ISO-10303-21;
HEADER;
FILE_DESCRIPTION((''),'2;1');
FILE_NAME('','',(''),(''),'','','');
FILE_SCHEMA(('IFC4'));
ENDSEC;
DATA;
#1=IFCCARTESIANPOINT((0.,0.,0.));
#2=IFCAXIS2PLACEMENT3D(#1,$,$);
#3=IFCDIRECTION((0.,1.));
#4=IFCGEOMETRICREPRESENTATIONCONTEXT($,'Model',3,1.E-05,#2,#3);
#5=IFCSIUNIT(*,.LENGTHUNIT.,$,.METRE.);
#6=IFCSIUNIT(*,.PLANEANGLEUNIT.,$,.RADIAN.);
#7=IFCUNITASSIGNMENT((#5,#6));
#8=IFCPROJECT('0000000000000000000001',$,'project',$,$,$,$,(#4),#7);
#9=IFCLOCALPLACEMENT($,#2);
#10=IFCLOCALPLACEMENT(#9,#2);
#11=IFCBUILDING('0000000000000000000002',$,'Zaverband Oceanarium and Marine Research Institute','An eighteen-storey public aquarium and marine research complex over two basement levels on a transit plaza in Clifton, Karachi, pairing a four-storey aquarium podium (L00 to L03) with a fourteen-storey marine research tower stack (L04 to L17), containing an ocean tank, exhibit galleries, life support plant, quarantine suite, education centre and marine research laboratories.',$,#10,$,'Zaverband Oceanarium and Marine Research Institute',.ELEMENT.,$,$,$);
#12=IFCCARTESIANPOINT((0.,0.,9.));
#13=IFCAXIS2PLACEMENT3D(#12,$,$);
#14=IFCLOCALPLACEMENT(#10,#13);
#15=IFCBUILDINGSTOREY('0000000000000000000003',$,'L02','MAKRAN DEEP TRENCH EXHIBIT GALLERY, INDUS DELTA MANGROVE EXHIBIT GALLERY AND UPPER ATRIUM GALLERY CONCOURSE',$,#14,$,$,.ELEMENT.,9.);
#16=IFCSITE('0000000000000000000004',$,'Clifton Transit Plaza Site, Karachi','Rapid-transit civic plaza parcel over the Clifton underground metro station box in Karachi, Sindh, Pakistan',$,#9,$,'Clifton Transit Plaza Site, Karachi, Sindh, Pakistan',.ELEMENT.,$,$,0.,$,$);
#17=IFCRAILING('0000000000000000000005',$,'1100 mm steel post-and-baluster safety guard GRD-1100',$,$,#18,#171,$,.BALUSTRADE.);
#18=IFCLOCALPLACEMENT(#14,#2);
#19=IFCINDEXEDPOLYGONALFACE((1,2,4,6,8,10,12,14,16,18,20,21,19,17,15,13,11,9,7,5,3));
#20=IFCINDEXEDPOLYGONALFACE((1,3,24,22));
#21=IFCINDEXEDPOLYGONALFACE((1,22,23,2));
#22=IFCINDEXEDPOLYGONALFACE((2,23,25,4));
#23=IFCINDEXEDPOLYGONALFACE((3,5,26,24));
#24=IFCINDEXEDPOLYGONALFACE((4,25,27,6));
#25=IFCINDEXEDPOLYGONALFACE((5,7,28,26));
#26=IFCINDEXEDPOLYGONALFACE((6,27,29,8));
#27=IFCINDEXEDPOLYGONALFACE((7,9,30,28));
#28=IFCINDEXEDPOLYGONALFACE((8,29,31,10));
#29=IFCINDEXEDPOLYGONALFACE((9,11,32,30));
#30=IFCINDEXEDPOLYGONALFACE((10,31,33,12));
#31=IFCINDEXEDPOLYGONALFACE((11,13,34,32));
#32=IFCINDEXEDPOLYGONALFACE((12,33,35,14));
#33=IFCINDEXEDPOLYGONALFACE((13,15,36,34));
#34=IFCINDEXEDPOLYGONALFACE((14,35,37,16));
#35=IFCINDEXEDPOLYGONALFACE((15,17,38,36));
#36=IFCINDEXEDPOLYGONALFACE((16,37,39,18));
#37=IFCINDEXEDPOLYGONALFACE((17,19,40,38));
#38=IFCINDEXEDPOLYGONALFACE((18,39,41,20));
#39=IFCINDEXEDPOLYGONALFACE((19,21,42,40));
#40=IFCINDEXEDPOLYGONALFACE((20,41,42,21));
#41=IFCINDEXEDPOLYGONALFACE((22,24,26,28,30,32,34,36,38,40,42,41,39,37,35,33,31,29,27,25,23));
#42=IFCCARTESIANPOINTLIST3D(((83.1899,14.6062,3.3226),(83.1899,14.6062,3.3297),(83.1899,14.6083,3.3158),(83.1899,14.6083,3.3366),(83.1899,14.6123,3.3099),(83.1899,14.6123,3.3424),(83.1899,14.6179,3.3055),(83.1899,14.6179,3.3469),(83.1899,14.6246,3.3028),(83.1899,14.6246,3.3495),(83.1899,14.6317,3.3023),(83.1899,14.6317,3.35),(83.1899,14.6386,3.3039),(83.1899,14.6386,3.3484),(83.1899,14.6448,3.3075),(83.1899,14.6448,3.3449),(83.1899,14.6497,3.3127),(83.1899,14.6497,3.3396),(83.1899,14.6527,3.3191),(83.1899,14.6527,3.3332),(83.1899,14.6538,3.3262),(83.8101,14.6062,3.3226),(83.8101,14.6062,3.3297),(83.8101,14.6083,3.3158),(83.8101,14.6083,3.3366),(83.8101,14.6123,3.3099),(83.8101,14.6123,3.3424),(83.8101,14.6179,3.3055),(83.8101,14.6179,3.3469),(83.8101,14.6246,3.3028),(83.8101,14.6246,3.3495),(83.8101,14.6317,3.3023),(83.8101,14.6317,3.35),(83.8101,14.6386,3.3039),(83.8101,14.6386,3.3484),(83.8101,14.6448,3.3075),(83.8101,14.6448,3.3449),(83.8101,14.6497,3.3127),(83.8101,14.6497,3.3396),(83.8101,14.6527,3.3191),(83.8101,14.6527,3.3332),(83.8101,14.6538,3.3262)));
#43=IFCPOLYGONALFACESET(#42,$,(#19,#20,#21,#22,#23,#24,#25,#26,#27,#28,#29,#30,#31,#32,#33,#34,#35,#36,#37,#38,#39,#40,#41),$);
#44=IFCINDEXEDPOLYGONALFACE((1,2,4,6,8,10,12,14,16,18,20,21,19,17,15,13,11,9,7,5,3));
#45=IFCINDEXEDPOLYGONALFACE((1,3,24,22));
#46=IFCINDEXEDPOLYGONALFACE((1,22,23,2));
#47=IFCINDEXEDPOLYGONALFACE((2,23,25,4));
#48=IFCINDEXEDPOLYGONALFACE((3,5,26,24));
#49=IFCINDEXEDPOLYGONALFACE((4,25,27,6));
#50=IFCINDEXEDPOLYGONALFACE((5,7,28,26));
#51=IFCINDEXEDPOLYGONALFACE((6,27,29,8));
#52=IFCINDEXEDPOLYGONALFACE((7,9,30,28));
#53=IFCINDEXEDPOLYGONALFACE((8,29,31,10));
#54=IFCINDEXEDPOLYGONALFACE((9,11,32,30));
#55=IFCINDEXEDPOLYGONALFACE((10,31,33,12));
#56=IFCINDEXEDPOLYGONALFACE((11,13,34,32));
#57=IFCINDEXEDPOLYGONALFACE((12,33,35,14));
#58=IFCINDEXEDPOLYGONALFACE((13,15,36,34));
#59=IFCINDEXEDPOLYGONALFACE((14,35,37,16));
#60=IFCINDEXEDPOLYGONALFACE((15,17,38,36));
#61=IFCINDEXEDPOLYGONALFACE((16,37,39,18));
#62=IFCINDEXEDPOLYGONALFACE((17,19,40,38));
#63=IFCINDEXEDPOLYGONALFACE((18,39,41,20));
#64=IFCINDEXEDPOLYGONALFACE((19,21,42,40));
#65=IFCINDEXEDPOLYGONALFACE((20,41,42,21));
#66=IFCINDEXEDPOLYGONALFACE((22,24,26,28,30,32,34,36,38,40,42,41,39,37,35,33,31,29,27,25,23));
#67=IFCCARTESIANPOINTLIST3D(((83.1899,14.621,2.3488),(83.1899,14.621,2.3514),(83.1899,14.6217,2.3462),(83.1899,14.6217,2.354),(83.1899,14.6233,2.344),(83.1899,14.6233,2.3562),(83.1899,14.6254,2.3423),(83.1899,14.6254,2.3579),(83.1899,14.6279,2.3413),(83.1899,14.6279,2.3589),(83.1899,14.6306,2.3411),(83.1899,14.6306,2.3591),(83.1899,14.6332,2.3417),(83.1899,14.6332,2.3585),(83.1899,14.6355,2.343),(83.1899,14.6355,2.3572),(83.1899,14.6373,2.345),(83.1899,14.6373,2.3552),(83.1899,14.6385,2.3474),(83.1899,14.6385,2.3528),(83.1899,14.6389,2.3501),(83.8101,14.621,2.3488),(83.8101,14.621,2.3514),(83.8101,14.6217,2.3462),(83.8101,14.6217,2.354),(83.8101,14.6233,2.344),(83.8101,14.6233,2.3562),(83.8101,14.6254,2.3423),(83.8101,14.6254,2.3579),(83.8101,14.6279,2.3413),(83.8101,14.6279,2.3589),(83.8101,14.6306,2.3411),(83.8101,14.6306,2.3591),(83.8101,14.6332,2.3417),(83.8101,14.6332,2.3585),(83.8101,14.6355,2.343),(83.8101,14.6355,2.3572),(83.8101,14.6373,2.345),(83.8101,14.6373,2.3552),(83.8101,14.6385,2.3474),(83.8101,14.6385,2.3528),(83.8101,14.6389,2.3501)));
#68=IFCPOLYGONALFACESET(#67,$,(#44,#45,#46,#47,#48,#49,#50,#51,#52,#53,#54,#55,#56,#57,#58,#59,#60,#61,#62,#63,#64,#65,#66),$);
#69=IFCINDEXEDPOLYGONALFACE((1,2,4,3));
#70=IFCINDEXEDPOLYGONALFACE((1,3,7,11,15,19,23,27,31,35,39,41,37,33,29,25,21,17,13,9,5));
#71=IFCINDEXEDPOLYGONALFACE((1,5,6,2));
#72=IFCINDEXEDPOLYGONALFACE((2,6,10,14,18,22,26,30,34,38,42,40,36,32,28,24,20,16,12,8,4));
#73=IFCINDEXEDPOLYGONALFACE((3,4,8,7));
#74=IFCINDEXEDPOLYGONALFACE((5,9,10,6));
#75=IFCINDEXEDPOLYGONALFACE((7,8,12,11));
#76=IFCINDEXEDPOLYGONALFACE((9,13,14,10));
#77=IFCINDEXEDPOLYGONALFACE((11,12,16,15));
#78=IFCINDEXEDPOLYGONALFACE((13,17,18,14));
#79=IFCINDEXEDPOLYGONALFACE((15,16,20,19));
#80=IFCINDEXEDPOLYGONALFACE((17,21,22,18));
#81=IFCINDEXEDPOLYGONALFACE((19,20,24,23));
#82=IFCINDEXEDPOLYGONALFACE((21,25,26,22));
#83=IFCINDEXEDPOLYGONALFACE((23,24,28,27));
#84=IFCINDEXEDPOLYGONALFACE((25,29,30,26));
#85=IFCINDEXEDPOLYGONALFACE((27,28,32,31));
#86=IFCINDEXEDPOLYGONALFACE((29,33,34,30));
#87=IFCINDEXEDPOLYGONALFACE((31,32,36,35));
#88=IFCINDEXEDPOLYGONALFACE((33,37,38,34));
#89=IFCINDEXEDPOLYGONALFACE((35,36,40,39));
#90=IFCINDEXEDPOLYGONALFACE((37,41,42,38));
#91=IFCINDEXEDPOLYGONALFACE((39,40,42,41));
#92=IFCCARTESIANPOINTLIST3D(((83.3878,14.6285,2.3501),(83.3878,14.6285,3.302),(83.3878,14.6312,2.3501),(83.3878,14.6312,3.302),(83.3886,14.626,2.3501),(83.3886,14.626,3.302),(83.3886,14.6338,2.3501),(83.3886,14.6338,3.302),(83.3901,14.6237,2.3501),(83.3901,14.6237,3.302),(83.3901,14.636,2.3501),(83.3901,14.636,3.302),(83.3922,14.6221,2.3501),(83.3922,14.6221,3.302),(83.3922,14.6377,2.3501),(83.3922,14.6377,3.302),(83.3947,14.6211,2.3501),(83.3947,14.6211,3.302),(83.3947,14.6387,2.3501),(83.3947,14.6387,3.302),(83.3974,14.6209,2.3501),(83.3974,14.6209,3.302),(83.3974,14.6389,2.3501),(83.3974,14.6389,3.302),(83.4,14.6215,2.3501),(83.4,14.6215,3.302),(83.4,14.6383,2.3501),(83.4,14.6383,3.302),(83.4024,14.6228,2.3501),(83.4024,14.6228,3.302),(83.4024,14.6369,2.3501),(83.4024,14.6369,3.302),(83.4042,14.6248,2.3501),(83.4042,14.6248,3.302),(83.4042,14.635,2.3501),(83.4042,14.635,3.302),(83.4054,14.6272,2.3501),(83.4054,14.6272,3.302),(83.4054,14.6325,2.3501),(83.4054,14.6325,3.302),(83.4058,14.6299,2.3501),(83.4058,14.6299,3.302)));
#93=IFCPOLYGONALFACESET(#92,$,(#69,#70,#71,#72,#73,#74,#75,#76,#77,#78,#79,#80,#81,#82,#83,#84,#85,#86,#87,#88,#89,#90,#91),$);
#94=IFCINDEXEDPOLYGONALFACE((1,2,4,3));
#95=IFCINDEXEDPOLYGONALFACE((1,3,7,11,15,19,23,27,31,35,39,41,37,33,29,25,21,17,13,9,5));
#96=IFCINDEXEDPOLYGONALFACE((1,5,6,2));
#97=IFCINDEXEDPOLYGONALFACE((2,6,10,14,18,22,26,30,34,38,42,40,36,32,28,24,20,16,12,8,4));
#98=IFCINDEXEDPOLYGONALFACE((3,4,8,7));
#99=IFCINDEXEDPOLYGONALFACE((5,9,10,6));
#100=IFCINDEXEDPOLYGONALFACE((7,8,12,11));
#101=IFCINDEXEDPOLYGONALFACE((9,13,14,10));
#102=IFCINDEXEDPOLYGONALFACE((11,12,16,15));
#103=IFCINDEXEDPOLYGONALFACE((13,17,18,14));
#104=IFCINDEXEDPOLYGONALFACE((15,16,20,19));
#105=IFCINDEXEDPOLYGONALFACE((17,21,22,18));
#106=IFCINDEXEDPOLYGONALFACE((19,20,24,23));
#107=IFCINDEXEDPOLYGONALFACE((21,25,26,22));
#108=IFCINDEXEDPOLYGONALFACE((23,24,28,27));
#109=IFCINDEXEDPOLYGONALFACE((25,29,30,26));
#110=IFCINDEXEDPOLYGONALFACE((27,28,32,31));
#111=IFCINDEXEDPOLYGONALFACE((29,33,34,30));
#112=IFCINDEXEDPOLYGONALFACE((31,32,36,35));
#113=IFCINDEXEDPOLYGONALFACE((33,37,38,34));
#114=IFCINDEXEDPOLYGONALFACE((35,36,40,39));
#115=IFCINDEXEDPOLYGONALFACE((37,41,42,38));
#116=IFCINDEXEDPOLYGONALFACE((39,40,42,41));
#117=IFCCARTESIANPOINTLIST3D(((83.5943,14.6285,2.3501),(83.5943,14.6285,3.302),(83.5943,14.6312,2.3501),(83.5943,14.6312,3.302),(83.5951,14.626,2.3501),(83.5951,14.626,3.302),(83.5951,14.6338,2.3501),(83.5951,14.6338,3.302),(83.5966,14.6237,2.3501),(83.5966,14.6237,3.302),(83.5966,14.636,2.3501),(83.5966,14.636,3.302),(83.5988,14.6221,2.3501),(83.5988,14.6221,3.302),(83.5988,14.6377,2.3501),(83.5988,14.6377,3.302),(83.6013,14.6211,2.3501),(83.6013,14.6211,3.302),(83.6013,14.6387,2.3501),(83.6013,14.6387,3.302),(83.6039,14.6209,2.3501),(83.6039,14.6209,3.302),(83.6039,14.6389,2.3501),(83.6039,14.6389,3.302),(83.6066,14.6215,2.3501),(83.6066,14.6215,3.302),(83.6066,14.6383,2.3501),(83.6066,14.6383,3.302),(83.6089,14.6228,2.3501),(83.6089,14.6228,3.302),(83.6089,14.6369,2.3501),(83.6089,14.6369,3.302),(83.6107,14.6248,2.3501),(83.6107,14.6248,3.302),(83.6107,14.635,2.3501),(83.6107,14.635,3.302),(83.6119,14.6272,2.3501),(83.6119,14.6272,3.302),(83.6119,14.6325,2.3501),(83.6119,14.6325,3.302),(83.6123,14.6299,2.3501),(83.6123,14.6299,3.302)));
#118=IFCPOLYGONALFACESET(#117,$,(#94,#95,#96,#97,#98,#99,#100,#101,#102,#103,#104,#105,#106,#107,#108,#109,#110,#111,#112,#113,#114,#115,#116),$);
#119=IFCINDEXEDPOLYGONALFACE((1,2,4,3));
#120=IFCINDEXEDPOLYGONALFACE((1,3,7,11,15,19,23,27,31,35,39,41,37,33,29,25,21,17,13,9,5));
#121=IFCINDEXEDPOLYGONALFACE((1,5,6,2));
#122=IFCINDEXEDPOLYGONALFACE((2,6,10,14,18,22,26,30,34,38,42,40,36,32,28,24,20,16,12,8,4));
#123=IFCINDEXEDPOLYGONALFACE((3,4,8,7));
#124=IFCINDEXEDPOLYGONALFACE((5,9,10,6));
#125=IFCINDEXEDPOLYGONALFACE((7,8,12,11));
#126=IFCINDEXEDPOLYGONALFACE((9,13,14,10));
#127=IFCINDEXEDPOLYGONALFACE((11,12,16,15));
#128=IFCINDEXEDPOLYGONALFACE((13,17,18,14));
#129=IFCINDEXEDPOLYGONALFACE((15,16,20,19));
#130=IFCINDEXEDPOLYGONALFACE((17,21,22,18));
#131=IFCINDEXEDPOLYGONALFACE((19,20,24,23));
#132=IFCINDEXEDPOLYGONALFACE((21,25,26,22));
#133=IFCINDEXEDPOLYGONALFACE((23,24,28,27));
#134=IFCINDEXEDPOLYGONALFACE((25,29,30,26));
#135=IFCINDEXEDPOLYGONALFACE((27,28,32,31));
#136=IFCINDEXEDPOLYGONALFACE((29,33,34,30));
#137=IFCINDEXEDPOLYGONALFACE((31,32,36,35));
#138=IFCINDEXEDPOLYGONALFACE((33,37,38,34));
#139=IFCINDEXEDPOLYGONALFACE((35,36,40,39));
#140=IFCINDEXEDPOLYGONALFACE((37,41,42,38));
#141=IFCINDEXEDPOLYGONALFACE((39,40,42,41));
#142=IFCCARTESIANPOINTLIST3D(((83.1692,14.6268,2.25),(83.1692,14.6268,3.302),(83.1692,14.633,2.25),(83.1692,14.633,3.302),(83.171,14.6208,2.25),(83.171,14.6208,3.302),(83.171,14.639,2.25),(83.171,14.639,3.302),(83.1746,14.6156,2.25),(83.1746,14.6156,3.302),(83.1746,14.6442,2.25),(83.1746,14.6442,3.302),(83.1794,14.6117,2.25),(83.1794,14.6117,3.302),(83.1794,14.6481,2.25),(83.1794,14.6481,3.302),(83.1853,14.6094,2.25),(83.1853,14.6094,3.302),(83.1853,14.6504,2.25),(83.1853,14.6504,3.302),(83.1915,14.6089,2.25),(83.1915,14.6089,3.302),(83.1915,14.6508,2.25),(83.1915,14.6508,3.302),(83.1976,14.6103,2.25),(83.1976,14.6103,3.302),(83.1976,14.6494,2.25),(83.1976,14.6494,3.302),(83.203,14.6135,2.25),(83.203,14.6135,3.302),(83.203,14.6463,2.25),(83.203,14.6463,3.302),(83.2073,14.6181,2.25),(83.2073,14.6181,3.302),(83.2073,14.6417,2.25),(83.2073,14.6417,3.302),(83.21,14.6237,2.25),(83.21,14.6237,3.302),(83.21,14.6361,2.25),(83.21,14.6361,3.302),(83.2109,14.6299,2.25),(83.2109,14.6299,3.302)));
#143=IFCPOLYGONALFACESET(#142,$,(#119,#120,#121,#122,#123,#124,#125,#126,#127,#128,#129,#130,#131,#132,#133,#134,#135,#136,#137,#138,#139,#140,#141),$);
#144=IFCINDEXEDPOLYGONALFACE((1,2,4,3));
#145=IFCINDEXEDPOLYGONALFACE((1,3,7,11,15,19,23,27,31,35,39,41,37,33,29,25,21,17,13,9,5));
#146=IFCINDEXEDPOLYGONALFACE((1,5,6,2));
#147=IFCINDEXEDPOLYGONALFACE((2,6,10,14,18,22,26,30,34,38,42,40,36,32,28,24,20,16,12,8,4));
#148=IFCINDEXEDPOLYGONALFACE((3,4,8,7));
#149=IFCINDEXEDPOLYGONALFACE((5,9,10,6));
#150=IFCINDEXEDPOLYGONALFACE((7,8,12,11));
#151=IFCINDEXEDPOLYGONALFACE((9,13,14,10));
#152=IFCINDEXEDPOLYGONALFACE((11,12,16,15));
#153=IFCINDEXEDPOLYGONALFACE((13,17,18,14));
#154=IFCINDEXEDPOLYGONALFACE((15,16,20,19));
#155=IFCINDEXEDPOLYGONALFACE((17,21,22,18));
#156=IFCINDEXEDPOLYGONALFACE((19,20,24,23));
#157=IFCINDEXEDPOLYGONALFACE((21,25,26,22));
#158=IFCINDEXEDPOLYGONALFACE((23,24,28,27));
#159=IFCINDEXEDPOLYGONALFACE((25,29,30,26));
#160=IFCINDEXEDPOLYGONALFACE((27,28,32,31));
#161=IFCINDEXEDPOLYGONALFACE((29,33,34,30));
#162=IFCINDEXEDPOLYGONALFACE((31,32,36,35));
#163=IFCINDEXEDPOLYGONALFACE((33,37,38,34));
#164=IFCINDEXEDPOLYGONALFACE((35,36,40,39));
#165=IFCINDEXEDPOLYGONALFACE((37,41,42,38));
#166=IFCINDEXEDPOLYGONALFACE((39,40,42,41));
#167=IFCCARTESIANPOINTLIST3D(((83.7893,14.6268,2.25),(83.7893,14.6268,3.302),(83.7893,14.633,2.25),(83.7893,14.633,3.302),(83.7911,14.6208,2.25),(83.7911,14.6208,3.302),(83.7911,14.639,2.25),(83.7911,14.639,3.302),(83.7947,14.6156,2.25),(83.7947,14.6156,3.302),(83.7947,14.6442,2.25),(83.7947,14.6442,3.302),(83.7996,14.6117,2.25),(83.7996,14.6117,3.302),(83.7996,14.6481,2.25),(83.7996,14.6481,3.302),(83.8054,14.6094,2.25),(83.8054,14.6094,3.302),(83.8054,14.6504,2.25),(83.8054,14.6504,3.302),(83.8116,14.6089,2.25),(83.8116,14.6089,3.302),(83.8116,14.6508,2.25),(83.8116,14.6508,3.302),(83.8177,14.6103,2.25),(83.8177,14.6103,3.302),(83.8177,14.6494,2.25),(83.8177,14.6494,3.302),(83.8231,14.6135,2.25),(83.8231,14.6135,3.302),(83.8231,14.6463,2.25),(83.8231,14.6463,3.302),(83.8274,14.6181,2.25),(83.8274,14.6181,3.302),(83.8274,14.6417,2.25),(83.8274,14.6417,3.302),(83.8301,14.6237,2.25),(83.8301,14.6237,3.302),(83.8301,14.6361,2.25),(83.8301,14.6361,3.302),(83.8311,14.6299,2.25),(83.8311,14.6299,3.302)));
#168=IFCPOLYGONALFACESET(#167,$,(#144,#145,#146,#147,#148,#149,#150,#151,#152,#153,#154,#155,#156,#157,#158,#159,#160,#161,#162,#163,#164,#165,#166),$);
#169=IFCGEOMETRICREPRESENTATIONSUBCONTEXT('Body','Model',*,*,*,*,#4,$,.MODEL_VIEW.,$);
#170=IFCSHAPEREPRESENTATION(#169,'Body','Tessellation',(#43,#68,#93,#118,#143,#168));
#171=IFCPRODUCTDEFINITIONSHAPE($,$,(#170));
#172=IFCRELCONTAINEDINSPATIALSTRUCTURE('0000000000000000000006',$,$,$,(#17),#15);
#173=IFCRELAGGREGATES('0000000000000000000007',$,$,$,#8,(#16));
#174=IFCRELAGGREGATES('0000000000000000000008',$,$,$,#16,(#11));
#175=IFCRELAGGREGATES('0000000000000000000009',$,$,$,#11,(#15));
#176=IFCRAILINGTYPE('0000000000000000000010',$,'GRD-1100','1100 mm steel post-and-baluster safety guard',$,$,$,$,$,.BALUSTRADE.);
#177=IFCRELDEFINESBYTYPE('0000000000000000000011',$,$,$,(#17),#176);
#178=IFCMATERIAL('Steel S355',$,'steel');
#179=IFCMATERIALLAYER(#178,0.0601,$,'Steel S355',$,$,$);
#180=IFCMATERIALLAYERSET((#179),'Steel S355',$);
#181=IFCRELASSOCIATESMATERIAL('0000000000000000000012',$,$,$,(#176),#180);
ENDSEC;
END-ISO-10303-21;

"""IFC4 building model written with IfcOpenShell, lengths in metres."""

from ifc_helpers import new_model, si_unit, direction, frame, origin, origin_2d, place, context, subcontext, project, spatial, circle, extrude, material, layer, layer_set, type_object, element, save


model = new_model("IFC4")

# Units and contexts
model_context = context("Model", 3, precision=1e-05, world=origin(), true_north=direction((0.0, 1.0)))
body_context = subcontext(model_context, "Body", "Model", "MODEL_VIEW")
ifc_project = project(units=[si_unit("LENGTHUNIT", "METRE"), si_unit("PLANEANGLEUNIT", "RADIAN")], contexts=[model_context])

# Site, building, storey
site_placement = place(None, origin())
site = spatial("IfcSite", under=ifc_project, at=site_placement, Name="Clifton Transit Plaza Site, Karachi", Description="Rapid-transit civic plaza parcel over the Clifton underground metro station box in Karachi, Sindh, Pakistan", LongName="Clifton Transit Plaza Site, Karachi, Sindh, Pakistan", CompositionType="ELEMENT", RefElevation=0.0)
building_placement = place(site_placement, origin())
building = spatial("IfcBuilding", under=site, at=building_placement, Name="Zaverband Oceanarium and Marine Research Institute", Description="An eighteen-storey public aquarium and marine research complex over two basement levels on a transit plaza in Clifton, Karachi, pairing a four-storey aquarium podium (L00 to L03) with a fourteen-storey marine research tower stack (L04 to L17), containing an ocean tank, exhibit galleries, life support plant, quarantine suite, education centre and marine research laboratories.", LongName="Zaverband Oceanarium and Marine Research Institute", CompositionType="ELEMENT")
storey_placement = place(building_placement, frame((0.0, 0.0, 9.0)))
storey = spatial("IfcBuildingStorey", under=building, at=storey_placement, Name="L02", Description="MAKRAN DEEP TRENCH EXHIBIT GALLERY, INDUS DELTA MANGROVE EXHIBIT GALLERY AND UPPER ATRIUM GALLERY CONCOURSE", CompositionType="ELEMENT", Elevation=9.0)

# Shared definitions
ifc_material_1 = material(Name="Steel S355", Category="steel")

# Railing
ifc_layer_1 = layer(ifc_material_1, 0.0601, Name="Steel S355")
ifc_layer_set_1 = layer_set([ifc_layer_1], Name="Steel S355")
railing_type_1 = type_object("IfcRailingType", Name="GRD-1100", Description="1100 mm steel post-and-baluster safety guard", PredefinedType="BALUSTRADE", material=ifc_layer_set_1)
for number, where, name in (
    (1, (83.1899, 14.6299, 2.25), "1100 mm steel post-and-baluster safety guard GRD-1100"),
):
    element("IfcRailing", number, at=place(storey_placement, frame(where)), inside=storey, type_object=railing_type_1, Name=name, PredefinedType="BALUSTRADE", context=body_context, shape_type="SweptSolid", body=[
        extrude(circle(Radius=0.0239, at=origin_2d()), frame((0.0, 0.0, 1.0762), z_axis=(1.0, 0.0, 0.0), x_axis=(0.0, 1.0, 0.0)), (0.0, 0.0, 1.0), 0.6201),
        extrude(circle(Radius=0.009, at=origin_2d()), frame((0.0, 0.0, 0.1001), z_axis=(1.0, 0.0, 0.0), x_axis=(0.0, 1.0, 0.0)), (0.0, 0.0, 1.0), 0.6201),
        extrude(circle(Radius=0.009, at=origin_2d()), frame((0.2068, 0.0, 0.1001)), (0.0, 0.0, 1.0), 0.9519),
        extrude(circle(Radius=0.009, at=origin_2d()), frame((0.4133, 0.0, 0.1001)), (0.0, 0.0, 1.0), 0.9519),
        extrude(circle(Radius=0.021, at=origin_2d()), origin(), (0.0, 0.0, 1.0), 1.052),
        extrude(circle(Radius=0.021, at=origin_2d()), frame((0.6201, 0.0, 0.0)), (0.0, 0.0, 1.0), 1.052),
    ])

save(model, "model.ifc")
